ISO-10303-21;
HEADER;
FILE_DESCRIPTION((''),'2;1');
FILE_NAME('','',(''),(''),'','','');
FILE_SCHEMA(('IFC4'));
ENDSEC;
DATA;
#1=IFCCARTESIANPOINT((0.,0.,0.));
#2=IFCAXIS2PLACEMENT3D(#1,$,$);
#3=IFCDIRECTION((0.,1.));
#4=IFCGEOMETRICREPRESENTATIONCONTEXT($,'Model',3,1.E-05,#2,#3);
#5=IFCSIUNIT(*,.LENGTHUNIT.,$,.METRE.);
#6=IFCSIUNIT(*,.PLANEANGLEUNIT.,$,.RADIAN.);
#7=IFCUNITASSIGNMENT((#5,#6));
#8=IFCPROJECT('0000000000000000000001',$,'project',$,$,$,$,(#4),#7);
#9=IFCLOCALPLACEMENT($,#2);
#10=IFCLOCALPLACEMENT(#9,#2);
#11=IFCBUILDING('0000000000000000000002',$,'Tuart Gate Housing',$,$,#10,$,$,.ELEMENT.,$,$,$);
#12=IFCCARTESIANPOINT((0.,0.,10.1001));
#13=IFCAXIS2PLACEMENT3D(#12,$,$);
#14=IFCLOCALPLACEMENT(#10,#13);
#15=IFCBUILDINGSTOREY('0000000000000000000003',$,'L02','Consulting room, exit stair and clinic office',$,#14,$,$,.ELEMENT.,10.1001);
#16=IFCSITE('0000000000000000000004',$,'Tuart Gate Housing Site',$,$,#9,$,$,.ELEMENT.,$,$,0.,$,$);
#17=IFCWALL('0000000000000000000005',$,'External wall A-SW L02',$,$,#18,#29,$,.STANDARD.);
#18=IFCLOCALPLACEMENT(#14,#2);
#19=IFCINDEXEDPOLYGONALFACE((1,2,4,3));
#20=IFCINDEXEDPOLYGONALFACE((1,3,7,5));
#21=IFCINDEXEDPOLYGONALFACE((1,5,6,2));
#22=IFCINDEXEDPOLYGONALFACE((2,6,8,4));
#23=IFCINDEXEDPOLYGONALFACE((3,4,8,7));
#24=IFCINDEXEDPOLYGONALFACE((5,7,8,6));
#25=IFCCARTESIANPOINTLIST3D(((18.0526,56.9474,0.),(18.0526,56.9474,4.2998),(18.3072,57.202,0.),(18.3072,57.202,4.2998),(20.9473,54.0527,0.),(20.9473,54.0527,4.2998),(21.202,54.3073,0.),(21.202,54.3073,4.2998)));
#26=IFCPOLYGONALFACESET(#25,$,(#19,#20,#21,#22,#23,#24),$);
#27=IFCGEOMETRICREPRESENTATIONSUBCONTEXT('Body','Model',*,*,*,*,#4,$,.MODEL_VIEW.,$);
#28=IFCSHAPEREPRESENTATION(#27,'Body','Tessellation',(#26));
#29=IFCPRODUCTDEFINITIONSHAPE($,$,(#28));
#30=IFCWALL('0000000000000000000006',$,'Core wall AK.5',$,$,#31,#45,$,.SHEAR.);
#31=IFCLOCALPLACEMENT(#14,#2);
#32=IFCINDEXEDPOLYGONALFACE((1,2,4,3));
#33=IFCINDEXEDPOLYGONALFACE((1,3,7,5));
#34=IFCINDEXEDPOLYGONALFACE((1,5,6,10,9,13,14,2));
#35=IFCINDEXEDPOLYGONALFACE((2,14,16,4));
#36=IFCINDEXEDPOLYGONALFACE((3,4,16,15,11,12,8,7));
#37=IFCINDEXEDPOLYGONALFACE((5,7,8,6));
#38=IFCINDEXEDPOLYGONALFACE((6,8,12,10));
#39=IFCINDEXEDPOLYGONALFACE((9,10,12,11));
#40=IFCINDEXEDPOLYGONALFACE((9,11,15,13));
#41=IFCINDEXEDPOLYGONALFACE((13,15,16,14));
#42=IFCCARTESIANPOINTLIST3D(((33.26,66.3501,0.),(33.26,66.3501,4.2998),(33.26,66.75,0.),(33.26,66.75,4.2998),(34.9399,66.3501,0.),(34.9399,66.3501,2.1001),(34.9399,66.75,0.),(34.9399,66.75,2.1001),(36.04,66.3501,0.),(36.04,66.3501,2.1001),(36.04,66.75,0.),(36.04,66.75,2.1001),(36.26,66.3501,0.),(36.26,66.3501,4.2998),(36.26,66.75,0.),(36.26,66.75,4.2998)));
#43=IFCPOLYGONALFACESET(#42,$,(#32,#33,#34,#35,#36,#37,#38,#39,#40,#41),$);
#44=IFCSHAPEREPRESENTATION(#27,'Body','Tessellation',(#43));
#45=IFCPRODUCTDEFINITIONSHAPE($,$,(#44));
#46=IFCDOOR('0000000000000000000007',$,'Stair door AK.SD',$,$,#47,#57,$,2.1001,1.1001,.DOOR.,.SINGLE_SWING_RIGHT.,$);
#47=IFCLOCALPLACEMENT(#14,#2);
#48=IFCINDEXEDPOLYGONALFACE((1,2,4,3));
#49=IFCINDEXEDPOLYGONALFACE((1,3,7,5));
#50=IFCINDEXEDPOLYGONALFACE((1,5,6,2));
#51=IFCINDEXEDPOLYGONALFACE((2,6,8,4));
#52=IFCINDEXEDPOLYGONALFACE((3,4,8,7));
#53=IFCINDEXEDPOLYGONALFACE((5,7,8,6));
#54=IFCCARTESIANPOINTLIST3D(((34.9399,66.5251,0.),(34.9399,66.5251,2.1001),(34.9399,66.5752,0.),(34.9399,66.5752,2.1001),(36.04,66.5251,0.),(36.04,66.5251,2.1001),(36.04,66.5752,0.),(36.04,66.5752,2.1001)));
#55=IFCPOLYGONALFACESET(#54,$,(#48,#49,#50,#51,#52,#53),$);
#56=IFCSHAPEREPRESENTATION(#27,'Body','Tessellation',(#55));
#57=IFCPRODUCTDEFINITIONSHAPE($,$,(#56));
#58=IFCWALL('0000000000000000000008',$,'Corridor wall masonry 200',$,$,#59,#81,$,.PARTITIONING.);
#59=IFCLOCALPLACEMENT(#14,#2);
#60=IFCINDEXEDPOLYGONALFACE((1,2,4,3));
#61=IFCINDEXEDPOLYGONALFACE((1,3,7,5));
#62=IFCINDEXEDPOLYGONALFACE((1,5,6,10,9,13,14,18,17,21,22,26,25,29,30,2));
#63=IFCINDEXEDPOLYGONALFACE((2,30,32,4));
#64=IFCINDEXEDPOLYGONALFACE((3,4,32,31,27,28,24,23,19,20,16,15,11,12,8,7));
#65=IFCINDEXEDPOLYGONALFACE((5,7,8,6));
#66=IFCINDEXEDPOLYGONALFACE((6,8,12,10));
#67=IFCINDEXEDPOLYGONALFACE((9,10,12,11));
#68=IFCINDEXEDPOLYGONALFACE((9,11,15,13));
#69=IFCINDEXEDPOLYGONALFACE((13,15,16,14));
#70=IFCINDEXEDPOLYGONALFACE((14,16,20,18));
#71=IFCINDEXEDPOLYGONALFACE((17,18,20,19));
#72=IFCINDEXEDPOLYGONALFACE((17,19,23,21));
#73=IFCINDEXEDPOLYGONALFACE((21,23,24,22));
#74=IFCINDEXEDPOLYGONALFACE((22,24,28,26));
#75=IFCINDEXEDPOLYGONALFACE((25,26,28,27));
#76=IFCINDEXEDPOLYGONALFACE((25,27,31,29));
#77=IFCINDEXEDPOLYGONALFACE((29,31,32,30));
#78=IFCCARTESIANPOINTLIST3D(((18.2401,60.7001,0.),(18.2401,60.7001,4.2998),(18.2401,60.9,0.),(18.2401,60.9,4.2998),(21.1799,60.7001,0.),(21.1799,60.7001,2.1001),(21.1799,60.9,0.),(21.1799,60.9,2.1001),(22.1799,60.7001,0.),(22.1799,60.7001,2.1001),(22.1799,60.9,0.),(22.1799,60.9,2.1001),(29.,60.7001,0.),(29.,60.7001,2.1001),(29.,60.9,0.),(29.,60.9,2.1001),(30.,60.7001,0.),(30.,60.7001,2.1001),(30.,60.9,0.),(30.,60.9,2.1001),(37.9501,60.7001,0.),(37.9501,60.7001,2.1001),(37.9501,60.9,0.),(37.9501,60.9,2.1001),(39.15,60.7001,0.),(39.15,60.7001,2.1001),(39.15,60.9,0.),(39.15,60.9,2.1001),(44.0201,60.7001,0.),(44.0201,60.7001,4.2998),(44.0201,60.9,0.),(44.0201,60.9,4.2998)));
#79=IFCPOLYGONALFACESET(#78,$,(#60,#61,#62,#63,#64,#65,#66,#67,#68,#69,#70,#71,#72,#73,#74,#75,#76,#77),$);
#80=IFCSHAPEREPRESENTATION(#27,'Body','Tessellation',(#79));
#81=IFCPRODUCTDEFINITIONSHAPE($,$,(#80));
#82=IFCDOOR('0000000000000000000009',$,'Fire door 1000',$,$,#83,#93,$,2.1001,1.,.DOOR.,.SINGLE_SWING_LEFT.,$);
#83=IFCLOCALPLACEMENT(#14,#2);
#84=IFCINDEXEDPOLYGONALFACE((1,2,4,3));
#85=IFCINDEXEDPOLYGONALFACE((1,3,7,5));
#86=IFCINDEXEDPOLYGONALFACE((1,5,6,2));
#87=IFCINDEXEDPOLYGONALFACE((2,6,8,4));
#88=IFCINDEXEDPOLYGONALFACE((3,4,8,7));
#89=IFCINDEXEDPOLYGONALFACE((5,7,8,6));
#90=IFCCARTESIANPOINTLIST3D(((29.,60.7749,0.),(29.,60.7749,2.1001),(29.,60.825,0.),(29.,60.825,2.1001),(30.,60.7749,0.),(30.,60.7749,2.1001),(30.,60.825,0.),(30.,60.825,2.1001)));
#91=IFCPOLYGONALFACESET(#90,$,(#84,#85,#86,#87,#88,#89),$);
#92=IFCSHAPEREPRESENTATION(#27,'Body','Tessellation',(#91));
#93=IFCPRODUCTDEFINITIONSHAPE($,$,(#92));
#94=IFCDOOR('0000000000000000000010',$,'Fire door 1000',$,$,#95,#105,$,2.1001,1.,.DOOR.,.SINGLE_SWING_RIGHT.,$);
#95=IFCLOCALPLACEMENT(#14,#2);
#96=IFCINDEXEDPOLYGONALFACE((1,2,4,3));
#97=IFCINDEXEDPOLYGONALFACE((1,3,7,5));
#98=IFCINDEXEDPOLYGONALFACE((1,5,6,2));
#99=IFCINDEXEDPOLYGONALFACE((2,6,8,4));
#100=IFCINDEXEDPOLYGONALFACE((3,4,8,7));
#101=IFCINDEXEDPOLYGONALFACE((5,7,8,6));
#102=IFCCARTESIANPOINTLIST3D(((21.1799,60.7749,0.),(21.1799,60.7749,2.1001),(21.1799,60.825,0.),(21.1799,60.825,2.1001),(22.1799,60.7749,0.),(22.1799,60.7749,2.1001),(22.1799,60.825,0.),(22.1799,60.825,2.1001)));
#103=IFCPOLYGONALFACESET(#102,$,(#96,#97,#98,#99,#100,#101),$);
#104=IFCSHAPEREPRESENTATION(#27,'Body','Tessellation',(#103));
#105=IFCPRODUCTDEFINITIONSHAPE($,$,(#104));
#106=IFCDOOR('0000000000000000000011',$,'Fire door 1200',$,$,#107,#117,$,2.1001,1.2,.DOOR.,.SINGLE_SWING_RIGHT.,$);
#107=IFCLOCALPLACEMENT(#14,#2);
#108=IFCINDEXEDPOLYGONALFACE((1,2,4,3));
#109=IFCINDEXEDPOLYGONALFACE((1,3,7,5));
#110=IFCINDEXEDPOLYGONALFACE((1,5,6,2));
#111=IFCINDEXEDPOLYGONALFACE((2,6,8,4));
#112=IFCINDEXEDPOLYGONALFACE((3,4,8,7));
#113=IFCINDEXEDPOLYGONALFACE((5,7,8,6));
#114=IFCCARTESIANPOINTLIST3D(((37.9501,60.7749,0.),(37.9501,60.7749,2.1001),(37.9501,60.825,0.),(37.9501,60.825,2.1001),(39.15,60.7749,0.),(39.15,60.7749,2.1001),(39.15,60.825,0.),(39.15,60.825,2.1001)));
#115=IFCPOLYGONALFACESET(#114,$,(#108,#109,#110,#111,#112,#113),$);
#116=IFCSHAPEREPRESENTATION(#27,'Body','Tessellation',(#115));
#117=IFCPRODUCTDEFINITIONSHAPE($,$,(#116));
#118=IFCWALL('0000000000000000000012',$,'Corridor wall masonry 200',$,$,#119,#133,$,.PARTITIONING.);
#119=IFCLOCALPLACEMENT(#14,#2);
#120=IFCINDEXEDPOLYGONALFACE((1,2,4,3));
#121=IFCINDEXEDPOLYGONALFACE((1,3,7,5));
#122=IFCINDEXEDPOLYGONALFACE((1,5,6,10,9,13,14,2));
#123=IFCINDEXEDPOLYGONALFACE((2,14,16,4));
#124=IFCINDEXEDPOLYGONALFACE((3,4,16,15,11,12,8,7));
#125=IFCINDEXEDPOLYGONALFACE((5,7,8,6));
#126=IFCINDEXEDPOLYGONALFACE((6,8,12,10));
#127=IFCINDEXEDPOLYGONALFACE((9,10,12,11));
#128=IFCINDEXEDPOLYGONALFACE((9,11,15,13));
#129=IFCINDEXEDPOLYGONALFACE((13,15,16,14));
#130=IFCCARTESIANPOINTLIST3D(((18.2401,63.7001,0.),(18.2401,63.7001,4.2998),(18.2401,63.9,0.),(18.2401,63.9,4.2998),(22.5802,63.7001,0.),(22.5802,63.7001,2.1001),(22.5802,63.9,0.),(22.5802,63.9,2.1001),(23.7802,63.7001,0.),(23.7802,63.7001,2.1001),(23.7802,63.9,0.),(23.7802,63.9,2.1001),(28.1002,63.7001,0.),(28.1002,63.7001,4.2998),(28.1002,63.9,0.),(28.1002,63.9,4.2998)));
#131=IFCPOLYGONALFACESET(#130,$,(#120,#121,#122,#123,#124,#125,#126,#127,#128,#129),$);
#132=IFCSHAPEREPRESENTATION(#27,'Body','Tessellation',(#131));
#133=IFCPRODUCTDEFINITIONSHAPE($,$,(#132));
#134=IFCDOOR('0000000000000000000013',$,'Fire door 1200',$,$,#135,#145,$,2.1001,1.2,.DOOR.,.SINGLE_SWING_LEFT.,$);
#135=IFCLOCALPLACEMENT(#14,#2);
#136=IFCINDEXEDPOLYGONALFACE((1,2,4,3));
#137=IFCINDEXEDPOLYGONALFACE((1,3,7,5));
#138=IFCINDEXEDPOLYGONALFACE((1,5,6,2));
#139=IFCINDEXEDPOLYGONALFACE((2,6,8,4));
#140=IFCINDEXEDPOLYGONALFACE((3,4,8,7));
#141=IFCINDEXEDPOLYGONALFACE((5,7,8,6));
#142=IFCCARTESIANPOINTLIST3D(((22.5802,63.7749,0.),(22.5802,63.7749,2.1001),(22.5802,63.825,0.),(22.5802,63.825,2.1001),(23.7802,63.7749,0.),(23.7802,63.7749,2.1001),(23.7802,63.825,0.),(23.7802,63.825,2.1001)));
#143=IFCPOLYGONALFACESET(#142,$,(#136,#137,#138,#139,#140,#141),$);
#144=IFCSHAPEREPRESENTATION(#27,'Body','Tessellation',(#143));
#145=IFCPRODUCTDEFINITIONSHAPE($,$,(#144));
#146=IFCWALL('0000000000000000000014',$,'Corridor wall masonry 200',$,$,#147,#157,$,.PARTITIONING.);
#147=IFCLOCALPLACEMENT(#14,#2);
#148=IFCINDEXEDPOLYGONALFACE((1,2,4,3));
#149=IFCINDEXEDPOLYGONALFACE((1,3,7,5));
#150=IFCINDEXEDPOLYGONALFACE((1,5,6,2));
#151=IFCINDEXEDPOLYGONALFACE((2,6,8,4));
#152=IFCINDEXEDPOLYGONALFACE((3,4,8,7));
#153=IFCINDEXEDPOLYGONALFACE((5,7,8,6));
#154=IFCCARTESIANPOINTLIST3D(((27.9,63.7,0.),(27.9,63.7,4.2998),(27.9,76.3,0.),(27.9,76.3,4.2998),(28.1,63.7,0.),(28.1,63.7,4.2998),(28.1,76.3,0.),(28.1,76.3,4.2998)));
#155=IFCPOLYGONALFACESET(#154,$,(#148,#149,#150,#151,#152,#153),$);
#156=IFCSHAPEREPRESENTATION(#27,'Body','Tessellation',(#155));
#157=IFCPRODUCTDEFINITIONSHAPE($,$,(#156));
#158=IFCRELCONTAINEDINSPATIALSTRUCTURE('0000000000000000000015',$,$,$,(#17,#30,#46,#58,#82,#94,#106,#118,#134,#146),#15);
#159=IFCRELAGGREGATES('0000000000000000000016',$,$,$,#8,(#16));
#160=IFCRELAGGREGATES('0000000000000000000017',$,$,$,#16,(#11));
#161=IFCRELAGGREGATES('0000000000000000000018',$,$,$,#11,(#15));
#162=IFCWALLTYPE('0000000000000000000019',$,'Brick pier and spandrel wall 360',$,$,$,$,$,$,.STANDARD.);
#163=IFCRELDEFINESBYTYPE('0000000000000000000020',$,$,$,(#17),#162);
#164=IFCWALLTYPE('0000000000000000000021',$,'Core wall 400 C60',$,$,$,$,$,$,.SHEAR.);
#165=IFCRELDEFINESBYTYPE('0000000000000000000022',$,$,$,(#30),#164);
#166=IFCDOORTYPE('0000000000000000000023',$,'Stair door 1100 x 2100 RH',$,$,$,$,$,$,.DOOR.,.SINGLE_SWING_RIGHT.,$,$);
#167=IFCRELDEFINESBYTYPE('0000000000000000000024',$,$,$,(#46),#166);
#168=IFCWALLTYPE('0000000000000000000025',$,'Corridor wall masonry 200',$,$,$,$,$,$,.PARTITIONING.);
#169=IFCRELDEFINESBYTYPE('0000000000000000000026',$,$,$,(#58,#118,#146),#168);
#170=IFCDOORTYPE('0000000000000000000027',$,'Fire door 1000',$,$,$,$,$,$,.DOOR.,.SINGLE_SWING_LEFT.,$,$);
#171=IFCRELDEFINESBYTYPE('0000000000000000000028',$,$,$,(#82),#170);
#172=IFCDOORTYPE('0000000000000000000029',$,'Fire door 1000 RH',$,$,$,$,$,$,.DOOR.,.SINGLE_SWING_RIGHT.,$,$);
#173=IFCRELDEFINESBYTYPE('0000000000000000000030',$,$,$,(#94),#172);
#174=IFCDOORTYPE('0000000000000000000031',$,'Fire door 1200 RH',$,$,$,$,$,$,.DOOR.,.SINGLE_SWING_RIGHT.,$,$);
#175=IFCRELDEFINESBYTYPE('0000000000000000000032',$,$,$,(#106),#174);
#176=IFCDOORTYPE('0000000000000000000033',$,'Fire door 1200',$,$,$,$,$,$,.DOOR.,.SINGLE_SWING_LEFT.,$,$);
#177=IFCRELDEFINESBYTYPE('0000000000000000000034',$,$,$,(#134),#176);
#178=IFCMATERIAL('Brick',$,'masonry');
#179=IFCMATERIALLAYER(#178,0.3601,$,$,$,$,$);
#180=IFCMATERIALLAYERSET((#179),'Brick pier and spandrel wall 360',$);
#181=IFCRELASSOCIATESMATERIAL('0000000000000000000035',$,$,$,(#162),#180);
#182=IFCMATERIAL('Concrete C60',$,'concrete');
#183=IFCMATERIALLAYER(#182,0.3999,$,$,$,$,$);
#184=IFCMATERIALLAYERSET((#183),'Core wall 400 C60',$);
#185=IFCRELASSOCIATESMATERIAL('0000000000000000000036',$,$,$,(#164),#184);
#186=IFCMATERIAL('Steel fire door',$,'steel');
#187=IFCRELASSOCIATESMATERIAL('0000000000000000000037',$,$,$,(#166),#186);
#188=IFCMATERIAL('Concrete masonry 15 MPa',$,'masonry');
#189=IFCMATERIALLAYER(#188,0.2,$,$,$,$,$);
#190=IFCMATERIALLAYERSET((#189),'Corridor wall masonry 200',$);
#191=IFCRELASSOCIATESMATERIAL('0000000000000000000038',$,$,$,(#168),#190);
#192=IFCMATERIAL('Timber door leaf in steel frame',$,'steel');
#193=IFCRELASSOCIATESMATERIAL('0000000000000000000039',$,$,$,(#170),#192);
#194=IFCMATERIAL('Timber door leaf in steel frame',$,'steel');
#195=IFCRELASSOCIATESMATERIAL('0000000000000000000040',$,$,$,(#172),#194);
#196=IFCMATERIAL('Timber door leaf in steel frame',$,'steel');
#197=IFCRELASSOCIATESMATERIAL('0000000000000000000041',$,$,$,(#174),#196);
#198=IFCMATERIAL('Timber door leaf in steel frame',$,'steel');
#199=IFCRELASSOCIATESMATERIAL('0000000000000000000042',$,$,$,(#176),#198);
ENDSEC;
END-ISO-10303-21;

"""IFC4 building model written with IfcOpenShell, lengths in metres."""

from ifc_helpers import new_model, si_unit, direction, frame, frame_2d, origin, place, context, subcontext, project, spatial, rectangle, extrude, material, layer, layer_set, type_object, element, fill, save


model = new_model("IFC4")

# Units and contexts
model_context = context("Model", 3, precision=1e-05, world=origin(), true_north=direction((0.0, 1.0)))
body_context = subcontext(model_context, "Body", "Model", "MODEL_VIEW")
ifc_project = project(units=[si_unit("LENGTHUNIT", "METRE"), si_unit("PLANEANGLEUNIT", "RADIAN")], contexts=[model_context])

# Site, building, storey
site_placement = place(None, origin())
site = spatial("IfcSite", under=ifc_project, at=site_placement, Name="Tuart Gate Housing Site", CompositionType="ELEMENT", RefElevation=0.0)
building_placement = place(site_placement, origin())
building = spatial("IfcBuilding", under=site, at=building_placement, Name="Tuart Gate Housing", CompositionType="ELEMENT")
storey_placement = place(building_placement, frame((0.0, 0.0, 10.1001)))
storey = spatial("IfcBuildingStorey", under=building, at=storey_placement, Name="L02", Description="Consulting room, exit stair and clinic office", CompositionType="ELEMENT", Elevation=10.1001)

# Wall
ifc_material_1 = material(Name="Brick", Category="masonry")
ifc_layer_1 = layer(ifc_material_1, 0.3601)
ifc_layer_set_1 = layer_set([ifc_layer_1], Name="Brick pier and spandrel wall 360")
wall_type_1 = type_object("IfcWallType", Name="Brick pier and spandrel wall 360", PredefinedType="STANDARD", material=ifc_layer_set_1)
wall_1_placement = place(storey_placement, frame((18.1799, 57.0747, 0.0), z_axis=(0.0, 0.0, 1.0), x_axis=(0.707107, -0.707107, 0.0)))
element("IfcWall", 1, at=wall_1_placement, inside=storey, type_object=wall_type_1, Name="External wall A-SW L02", PredefinedType="STANDARD", context=body_context, shape_type="SweptSolid", body=[
    extrude(rectangle(XDim=4.0938, YDim=0.3601, at=frame_2d((2.0469, 0.0))), origin(), (0.0, 0.0, 1.0), 4.2998),
])

# Wall, opening, door
ifc_material_2 = material(Name="Concrete C60", Category="concrete")
ifc_layer_2 = layer(ifc_material_2, 0.3999)
ifc_layer_set_2 = layer_set([ifc_layer_2], Name="Core wall 400 C60")
wall_type_2 = type_object("IfcWallType", Name="Core wall 400 C60", PredefinedType="SHEAR", material=ifc_layer_set_2)
wall_2_placement = place(storey_placement, frame((36.26, 66.55, 0.0), z_axis=(0.0, 0.0, 1.0), x_axis=(-1.0, 0.0, 0.0)))
wall_2 = element("IfcWall", 2, at=wall_2_placement, inside=storey, type_object=wall_type_2, Name="Core wall AK.5", PredefinedType="SHEAR", context=body_context, shape_type="SweptSolid", body=[
    extrude(rectangle(XDim=3.0, YDim=0.3999, at=frame_2d((1.5, 0.0))), origin(), (0.0, 0.0, 1.0), 4.2998),
])
opening_1_placement = place(wall_2_placement, frame((0.22, 0.0, 0.0)))
opening_1 = element("IfcOpeningElement", 3, at=opening_1_placement, cuts=wall_2, PredefinedType="OPENING", context=body_context, shape_type="SweptSolid", body=[
    extrude(rectangle(XDim=1.1001, YDim=2.1001, at=frame_2d((0.55, 1.05))), frame((0.0, 0.21, 0.0), z_axis=(0.0, -1.0, 0.0), x_axis=(1.0, 0.0, 0.0)), (0.0, 0.0, 1.0), 0.4199),
])
ifc_material_3 = material(Name="Steel fire door", Category="steel")
door_type_1 = type_object("IfcDoorType", Name="Stair door 1100 x 2100 RH", OperationType="SINGLE_SWING_RIGHT", PredefinedType="DOOR", material=ifc_material_3)
door_1_placement = place(opening_1_placement, frame((1.1001, 0.0, 0.0), z_axis=(0.0, 0.0, 1.0), x_axis=(-1.0, 0.0, 0.0)))
door_1 = element("IfcDoor", 4, at=door_1_placement, inside=storey, type_object=door_type_1, Name="Stair door AK.SD", OperationType="SINGLE_SWING_RIGHT", OverallHeight=2.1001, OverallWidth=1.1001, PredefinedType="DOOR", context=body_context, shape_type="SweptSolid", body=[
    extrude(rectangle(XDim=1.1001, YDim=2.1001, at=frame_2d((0.55, 1.05))), frame((0.0, 0.0251, 0.0), z_axis=(0.0, -1.0, 0.0), x_axis=(1.0, 0.0, 0.0)), (0.0, 0.0, 1.0), 0.05),
])
fill(opening_1, door_1)

# Wall, openings, doors
ifc_material_4 = material(Name="Concrete masonry 15 MPa", Category="masonry")
ifc_layer_3 = layer(ifc_material_4, 0.2)
ifc_layer_set_3 = layer_set([ifc_layer_3], Name="Corridor wall masonry 200")
wall_type_3 = type_object("IfcWallType", Name="Corridor wall masonry 200", PredefinedType="PARTITIONING", material=ifc_layer_set_3)
wall_3_placement = place(storey_placement, frame((18.24, 60.8, 0.0), z_axis=(0.0, 0.0, 1.0), x_axis=(1.0, 0.0, 0.0)))
wall_3 = element("IfcWall", 5, at=wall_3_placement, inside=storey, type_object=wall_type_3, Name="Corridor wall masonry 200", PredefinedType="PARTITIONING", context=body_context, shape_type="SweptSolid", body=[
    extrude(rectangle(XDim=25.78, YDim=0.2, at=frame_2d((12.8901, 0.0))), origin(), (0.0, 0.0, 1.0), 4.2998),
])
opening_2_placement = place(wall_3_placement, frame((2.9399, 0.0, 0.0)))
opening_2 = element("IfcOpeningElement", 6, at=opening_2_placement, cuts=wall_3, PredefinedType="OPENING", context=body_context, shape_type="SweptSolid", body=[
    extrude(rectangle(XDim=1.0, YDim=2.1001, at=frame_2d((0.5, 1.05))), frame((0.0, 0.1099, 0.0), z_axis=(0.0, -1.0, 0.0), x_axis=(1.0, 0.0, 0.0)), (0.0, 0.0, 1.0), 0.22),
])
opening_3_placement = place(wall_3_placement, frame((10.76, 0.0, 0.0)))
opening_3 = element("IfcOpeningElement", 7, at=opening_3_placement, cuts=wall_3, PredefinedType="OPENING", context=body_context, shape_type="SweptSolid", body=[
    extrude(rectangle(XDim=1.0, YDim=2.1001, at=frame_2d((0.5, 1.05))), frame((0.0, 0.1099, 0.0), z_axis=(0.0, -1.0, 0.0), x_axis=(1.0, 0.0, 0.0)), (0.0, 0.0, 1.0), 0.22),
])
opening_4_placement = place(wall_3_placement, frame((19.71, 0.0, 0.0)))
opening_4 = element("IfcOpeningElement", 8, at=opening_4_placement, cuts=wall_3, PredefinedType="OPENING", context=body_context, shape_type="SweptSolid", body=[
    extrude(rectangle(XDim=1.2, YDim=2.1001, at=frame_2d((0.6001, 1.05))), frame((0.0, 0.1099, 0.0), z_axis=(0.0, -1.0, 0.0), x_axis=(1.0, 0.0, 0.0)), (0.0, 0.0, 1.0), 0.22),
])
ifc_material_5 = material(Name="Timber door leaf in steel frame", Category="steel")
door_type_2 = type_object("IfcDoorType", Name="Fire door 1000", OperationType="SINGLE_SWING_LEFT", PredefinedType="DOOR", material=ifc_material_5)
door_2_placement = place(opening_3_placement, origin())
door_2 = element("IfcDoor", 9, at=door_2_placement, inside=storey, type_object=door_type_2, Name="Fire door 1000", OperationType="SINGLE_SWING_LEFT", OverallHeight=2.1001, OverallWidth=1.0, PredefinedType="DOOR", context=body_context, shape_type="SweptSolid", body=[
    extrude(rectangle(XDim=1.0, YDim=2.1001, at=frame_2d((0.5, 1.05))), frame((0.0, 0.0249, 0.0), z_axis=(0.0, -1.0, 0.0), x_axis=(1.0, 0.0, 0.0)), (0.0, 0.0, 1.0), 0.05),
])
fill(opening_3, door_2)
ifc_material_6 = material(Name="Timber door leaf in steel frame", Category="steel")
door_type_3 = type_object("IfcDoorType", Name="Fire door 1000 RH", OperationType="SINGLE_SWING_RIGHT", PredefinedType="DOOR", material=ifc_material_6)
door_3_placement = place(opening_2_placement, frame((1.0, 0.0, 0.0), z_axis=(0.0, 0.0, 1.0), x_axis=(-1.0, 0.0, 0.0)))
door_3 = element("IfcDoor", 10, at=door_3_placement, inside=storey, type_object=door_type_3, Name="Fire door 1000", OperationType="SINGLE_SWING_RIGHT", OverallHeight=2.1001, OverallWidth=1.0, PredefinedType="DOOR", context=body_context, shape_type="SweptSolid", body=[
    extrude(rectangle(XDim=1.0, YDim=2.1001, at=frame_2d((0.5, 1.05))), frame((0.0, 0.0251, 0.0), z_axis=(0.0, -1.0, 0.0), x_axis=(1.0, 0.0, 0.0)), (0.0, 0.0, 1.0), 0.05),
])
fill(opening_2, door_3)
ifc_material_7 = material(Name="Timber door leaf in steel frame", Category="steel")
door_type_4 = type_object("IfcDoorType", Name="Fire door 1200 RH", OperationType="SINGLE_SWING_RIGHT", PredefinedType="DOOR", material=ifc_material_7)
door_4_placement = place(opening_4_placement, origin())
door_4 = element("IfcDoor", 11, at=door_4_placement, inside=storey, type_object=door_type_4, Name="Fire door 1200", OperationType="SINGLE_SWING_RIGHT", OverallHeight=2.1001, OverallWidth=1.2, PredefinedType="DOOR", context=body_context, shape_type="SweptSolid", body=[
    extrude(rectangle(XDim=1.2, YDim=2.1001, at=frame_2d((0.6001, 1.05))), frame((0.0, 0.0249, 0.0), z_axis=(0.0, -1.0, 0.0), x_axis=(1.0, 0.0, 0.0)), (0.0, 0.0, 1.0), 0.05),
])
fill(opening_4, door_4)

# Wall, opening, door
wall_4_placement = place(storey_placement, frame((18.24, 63.8, 0.0), z_axis=(0.0, 0.0, 1.0), x_axis=(1.0, 0.0, 0.0)))
wall_4 = element("IfcWall", 12, at=wall_4_placement, inside=storey, type_object=wall_type_3, Name="Corridor wall masonry 200", PredefinedType="PARTITIONING", context=body_context, shape_type="SweptSolid", body=[
    extrude(rectangle(XDim=9.8601, YDim=0.2, at=frame_2d((4.9302, 0.0))), origin(), (0.0, 0.0, 1.0), 4.2998),
])
opening_5_placement = place(wall_4_placement, frame((4.3401, 0.0, 0.0)))
opening_5 = element("IfcOpeningElement", 13, at=opening_5_placement, cuts=wall_4, PredefinedType="OPENING", context=body_context, shape_type="SweptSolid", body=[
    extrude(rectangle(XDim=1.2, YDim=2.1001, at=frame_2d((0.6001, 1.05))), frame((0.0, 0.1099, 0.0), z_axis=(0.0, -1.0, 0.0), x_axis=(1.0, 0.0, 0.0)), (0.0, 0.0, 1.0), 0.22),
])
ifc_material_8 = material(Name="Timber door leaf in steel frame", Category="steel")
door_type_5 = type_object("IfcDoorType", Name="Fire door 1200", OperationType="SINGLE_SWING_LEFT", PredefinedType="DOOR", material=ifc_material_8)
door_5_placement = place(opening_5_placement, origin())
door_5 = element("IfcDoor", 14, at=door_5_placement, inside=storey, type_object=door_type_5, Name="Fire door 1200", OperationType="SINGLE_SWING_LEFT", OverallHeight=2.1001, OverallWidth=1.2, PredefinedType="DOOR", context=body_context, shape_type="SweptSolid", body=[
    extrude(rectangle(XDim=1.2, YDim=2.1001, at=frame_2d((0.6001, 1.05))), frame((0.0, 0.0249, 0.0), z_axis=(0.0, -1.0, 0.0), x_axis=(1.0, 0.0, 0.0)), (0.0, 0.0, 1.0), 0.05),
])
fill(opening_5, door_5)

# Wall
wall_5_placement = place(storey_placement, frame((28.0, 63.7, 0.0), z_axis=(0.0, 0.0, 1.0), x_axis=(0.0, 1.0, 0.0)))
element("IfcWall", 15, at=wall_5_placement, inside=storey, type_object=wall_type_3, Name="Corridor wall masonry 200", PredefinedType="PARTITIONING", context=body_context, shape_type="SweptSolid", body=[
    extrude(rectangle(XDim=12.6001, YDim=0.2, at=frame_2d((6.3, 0.0))), origin(), (0.0, 0.0, 1.0), 4.2998),
])

save(model, "model.ifc")
